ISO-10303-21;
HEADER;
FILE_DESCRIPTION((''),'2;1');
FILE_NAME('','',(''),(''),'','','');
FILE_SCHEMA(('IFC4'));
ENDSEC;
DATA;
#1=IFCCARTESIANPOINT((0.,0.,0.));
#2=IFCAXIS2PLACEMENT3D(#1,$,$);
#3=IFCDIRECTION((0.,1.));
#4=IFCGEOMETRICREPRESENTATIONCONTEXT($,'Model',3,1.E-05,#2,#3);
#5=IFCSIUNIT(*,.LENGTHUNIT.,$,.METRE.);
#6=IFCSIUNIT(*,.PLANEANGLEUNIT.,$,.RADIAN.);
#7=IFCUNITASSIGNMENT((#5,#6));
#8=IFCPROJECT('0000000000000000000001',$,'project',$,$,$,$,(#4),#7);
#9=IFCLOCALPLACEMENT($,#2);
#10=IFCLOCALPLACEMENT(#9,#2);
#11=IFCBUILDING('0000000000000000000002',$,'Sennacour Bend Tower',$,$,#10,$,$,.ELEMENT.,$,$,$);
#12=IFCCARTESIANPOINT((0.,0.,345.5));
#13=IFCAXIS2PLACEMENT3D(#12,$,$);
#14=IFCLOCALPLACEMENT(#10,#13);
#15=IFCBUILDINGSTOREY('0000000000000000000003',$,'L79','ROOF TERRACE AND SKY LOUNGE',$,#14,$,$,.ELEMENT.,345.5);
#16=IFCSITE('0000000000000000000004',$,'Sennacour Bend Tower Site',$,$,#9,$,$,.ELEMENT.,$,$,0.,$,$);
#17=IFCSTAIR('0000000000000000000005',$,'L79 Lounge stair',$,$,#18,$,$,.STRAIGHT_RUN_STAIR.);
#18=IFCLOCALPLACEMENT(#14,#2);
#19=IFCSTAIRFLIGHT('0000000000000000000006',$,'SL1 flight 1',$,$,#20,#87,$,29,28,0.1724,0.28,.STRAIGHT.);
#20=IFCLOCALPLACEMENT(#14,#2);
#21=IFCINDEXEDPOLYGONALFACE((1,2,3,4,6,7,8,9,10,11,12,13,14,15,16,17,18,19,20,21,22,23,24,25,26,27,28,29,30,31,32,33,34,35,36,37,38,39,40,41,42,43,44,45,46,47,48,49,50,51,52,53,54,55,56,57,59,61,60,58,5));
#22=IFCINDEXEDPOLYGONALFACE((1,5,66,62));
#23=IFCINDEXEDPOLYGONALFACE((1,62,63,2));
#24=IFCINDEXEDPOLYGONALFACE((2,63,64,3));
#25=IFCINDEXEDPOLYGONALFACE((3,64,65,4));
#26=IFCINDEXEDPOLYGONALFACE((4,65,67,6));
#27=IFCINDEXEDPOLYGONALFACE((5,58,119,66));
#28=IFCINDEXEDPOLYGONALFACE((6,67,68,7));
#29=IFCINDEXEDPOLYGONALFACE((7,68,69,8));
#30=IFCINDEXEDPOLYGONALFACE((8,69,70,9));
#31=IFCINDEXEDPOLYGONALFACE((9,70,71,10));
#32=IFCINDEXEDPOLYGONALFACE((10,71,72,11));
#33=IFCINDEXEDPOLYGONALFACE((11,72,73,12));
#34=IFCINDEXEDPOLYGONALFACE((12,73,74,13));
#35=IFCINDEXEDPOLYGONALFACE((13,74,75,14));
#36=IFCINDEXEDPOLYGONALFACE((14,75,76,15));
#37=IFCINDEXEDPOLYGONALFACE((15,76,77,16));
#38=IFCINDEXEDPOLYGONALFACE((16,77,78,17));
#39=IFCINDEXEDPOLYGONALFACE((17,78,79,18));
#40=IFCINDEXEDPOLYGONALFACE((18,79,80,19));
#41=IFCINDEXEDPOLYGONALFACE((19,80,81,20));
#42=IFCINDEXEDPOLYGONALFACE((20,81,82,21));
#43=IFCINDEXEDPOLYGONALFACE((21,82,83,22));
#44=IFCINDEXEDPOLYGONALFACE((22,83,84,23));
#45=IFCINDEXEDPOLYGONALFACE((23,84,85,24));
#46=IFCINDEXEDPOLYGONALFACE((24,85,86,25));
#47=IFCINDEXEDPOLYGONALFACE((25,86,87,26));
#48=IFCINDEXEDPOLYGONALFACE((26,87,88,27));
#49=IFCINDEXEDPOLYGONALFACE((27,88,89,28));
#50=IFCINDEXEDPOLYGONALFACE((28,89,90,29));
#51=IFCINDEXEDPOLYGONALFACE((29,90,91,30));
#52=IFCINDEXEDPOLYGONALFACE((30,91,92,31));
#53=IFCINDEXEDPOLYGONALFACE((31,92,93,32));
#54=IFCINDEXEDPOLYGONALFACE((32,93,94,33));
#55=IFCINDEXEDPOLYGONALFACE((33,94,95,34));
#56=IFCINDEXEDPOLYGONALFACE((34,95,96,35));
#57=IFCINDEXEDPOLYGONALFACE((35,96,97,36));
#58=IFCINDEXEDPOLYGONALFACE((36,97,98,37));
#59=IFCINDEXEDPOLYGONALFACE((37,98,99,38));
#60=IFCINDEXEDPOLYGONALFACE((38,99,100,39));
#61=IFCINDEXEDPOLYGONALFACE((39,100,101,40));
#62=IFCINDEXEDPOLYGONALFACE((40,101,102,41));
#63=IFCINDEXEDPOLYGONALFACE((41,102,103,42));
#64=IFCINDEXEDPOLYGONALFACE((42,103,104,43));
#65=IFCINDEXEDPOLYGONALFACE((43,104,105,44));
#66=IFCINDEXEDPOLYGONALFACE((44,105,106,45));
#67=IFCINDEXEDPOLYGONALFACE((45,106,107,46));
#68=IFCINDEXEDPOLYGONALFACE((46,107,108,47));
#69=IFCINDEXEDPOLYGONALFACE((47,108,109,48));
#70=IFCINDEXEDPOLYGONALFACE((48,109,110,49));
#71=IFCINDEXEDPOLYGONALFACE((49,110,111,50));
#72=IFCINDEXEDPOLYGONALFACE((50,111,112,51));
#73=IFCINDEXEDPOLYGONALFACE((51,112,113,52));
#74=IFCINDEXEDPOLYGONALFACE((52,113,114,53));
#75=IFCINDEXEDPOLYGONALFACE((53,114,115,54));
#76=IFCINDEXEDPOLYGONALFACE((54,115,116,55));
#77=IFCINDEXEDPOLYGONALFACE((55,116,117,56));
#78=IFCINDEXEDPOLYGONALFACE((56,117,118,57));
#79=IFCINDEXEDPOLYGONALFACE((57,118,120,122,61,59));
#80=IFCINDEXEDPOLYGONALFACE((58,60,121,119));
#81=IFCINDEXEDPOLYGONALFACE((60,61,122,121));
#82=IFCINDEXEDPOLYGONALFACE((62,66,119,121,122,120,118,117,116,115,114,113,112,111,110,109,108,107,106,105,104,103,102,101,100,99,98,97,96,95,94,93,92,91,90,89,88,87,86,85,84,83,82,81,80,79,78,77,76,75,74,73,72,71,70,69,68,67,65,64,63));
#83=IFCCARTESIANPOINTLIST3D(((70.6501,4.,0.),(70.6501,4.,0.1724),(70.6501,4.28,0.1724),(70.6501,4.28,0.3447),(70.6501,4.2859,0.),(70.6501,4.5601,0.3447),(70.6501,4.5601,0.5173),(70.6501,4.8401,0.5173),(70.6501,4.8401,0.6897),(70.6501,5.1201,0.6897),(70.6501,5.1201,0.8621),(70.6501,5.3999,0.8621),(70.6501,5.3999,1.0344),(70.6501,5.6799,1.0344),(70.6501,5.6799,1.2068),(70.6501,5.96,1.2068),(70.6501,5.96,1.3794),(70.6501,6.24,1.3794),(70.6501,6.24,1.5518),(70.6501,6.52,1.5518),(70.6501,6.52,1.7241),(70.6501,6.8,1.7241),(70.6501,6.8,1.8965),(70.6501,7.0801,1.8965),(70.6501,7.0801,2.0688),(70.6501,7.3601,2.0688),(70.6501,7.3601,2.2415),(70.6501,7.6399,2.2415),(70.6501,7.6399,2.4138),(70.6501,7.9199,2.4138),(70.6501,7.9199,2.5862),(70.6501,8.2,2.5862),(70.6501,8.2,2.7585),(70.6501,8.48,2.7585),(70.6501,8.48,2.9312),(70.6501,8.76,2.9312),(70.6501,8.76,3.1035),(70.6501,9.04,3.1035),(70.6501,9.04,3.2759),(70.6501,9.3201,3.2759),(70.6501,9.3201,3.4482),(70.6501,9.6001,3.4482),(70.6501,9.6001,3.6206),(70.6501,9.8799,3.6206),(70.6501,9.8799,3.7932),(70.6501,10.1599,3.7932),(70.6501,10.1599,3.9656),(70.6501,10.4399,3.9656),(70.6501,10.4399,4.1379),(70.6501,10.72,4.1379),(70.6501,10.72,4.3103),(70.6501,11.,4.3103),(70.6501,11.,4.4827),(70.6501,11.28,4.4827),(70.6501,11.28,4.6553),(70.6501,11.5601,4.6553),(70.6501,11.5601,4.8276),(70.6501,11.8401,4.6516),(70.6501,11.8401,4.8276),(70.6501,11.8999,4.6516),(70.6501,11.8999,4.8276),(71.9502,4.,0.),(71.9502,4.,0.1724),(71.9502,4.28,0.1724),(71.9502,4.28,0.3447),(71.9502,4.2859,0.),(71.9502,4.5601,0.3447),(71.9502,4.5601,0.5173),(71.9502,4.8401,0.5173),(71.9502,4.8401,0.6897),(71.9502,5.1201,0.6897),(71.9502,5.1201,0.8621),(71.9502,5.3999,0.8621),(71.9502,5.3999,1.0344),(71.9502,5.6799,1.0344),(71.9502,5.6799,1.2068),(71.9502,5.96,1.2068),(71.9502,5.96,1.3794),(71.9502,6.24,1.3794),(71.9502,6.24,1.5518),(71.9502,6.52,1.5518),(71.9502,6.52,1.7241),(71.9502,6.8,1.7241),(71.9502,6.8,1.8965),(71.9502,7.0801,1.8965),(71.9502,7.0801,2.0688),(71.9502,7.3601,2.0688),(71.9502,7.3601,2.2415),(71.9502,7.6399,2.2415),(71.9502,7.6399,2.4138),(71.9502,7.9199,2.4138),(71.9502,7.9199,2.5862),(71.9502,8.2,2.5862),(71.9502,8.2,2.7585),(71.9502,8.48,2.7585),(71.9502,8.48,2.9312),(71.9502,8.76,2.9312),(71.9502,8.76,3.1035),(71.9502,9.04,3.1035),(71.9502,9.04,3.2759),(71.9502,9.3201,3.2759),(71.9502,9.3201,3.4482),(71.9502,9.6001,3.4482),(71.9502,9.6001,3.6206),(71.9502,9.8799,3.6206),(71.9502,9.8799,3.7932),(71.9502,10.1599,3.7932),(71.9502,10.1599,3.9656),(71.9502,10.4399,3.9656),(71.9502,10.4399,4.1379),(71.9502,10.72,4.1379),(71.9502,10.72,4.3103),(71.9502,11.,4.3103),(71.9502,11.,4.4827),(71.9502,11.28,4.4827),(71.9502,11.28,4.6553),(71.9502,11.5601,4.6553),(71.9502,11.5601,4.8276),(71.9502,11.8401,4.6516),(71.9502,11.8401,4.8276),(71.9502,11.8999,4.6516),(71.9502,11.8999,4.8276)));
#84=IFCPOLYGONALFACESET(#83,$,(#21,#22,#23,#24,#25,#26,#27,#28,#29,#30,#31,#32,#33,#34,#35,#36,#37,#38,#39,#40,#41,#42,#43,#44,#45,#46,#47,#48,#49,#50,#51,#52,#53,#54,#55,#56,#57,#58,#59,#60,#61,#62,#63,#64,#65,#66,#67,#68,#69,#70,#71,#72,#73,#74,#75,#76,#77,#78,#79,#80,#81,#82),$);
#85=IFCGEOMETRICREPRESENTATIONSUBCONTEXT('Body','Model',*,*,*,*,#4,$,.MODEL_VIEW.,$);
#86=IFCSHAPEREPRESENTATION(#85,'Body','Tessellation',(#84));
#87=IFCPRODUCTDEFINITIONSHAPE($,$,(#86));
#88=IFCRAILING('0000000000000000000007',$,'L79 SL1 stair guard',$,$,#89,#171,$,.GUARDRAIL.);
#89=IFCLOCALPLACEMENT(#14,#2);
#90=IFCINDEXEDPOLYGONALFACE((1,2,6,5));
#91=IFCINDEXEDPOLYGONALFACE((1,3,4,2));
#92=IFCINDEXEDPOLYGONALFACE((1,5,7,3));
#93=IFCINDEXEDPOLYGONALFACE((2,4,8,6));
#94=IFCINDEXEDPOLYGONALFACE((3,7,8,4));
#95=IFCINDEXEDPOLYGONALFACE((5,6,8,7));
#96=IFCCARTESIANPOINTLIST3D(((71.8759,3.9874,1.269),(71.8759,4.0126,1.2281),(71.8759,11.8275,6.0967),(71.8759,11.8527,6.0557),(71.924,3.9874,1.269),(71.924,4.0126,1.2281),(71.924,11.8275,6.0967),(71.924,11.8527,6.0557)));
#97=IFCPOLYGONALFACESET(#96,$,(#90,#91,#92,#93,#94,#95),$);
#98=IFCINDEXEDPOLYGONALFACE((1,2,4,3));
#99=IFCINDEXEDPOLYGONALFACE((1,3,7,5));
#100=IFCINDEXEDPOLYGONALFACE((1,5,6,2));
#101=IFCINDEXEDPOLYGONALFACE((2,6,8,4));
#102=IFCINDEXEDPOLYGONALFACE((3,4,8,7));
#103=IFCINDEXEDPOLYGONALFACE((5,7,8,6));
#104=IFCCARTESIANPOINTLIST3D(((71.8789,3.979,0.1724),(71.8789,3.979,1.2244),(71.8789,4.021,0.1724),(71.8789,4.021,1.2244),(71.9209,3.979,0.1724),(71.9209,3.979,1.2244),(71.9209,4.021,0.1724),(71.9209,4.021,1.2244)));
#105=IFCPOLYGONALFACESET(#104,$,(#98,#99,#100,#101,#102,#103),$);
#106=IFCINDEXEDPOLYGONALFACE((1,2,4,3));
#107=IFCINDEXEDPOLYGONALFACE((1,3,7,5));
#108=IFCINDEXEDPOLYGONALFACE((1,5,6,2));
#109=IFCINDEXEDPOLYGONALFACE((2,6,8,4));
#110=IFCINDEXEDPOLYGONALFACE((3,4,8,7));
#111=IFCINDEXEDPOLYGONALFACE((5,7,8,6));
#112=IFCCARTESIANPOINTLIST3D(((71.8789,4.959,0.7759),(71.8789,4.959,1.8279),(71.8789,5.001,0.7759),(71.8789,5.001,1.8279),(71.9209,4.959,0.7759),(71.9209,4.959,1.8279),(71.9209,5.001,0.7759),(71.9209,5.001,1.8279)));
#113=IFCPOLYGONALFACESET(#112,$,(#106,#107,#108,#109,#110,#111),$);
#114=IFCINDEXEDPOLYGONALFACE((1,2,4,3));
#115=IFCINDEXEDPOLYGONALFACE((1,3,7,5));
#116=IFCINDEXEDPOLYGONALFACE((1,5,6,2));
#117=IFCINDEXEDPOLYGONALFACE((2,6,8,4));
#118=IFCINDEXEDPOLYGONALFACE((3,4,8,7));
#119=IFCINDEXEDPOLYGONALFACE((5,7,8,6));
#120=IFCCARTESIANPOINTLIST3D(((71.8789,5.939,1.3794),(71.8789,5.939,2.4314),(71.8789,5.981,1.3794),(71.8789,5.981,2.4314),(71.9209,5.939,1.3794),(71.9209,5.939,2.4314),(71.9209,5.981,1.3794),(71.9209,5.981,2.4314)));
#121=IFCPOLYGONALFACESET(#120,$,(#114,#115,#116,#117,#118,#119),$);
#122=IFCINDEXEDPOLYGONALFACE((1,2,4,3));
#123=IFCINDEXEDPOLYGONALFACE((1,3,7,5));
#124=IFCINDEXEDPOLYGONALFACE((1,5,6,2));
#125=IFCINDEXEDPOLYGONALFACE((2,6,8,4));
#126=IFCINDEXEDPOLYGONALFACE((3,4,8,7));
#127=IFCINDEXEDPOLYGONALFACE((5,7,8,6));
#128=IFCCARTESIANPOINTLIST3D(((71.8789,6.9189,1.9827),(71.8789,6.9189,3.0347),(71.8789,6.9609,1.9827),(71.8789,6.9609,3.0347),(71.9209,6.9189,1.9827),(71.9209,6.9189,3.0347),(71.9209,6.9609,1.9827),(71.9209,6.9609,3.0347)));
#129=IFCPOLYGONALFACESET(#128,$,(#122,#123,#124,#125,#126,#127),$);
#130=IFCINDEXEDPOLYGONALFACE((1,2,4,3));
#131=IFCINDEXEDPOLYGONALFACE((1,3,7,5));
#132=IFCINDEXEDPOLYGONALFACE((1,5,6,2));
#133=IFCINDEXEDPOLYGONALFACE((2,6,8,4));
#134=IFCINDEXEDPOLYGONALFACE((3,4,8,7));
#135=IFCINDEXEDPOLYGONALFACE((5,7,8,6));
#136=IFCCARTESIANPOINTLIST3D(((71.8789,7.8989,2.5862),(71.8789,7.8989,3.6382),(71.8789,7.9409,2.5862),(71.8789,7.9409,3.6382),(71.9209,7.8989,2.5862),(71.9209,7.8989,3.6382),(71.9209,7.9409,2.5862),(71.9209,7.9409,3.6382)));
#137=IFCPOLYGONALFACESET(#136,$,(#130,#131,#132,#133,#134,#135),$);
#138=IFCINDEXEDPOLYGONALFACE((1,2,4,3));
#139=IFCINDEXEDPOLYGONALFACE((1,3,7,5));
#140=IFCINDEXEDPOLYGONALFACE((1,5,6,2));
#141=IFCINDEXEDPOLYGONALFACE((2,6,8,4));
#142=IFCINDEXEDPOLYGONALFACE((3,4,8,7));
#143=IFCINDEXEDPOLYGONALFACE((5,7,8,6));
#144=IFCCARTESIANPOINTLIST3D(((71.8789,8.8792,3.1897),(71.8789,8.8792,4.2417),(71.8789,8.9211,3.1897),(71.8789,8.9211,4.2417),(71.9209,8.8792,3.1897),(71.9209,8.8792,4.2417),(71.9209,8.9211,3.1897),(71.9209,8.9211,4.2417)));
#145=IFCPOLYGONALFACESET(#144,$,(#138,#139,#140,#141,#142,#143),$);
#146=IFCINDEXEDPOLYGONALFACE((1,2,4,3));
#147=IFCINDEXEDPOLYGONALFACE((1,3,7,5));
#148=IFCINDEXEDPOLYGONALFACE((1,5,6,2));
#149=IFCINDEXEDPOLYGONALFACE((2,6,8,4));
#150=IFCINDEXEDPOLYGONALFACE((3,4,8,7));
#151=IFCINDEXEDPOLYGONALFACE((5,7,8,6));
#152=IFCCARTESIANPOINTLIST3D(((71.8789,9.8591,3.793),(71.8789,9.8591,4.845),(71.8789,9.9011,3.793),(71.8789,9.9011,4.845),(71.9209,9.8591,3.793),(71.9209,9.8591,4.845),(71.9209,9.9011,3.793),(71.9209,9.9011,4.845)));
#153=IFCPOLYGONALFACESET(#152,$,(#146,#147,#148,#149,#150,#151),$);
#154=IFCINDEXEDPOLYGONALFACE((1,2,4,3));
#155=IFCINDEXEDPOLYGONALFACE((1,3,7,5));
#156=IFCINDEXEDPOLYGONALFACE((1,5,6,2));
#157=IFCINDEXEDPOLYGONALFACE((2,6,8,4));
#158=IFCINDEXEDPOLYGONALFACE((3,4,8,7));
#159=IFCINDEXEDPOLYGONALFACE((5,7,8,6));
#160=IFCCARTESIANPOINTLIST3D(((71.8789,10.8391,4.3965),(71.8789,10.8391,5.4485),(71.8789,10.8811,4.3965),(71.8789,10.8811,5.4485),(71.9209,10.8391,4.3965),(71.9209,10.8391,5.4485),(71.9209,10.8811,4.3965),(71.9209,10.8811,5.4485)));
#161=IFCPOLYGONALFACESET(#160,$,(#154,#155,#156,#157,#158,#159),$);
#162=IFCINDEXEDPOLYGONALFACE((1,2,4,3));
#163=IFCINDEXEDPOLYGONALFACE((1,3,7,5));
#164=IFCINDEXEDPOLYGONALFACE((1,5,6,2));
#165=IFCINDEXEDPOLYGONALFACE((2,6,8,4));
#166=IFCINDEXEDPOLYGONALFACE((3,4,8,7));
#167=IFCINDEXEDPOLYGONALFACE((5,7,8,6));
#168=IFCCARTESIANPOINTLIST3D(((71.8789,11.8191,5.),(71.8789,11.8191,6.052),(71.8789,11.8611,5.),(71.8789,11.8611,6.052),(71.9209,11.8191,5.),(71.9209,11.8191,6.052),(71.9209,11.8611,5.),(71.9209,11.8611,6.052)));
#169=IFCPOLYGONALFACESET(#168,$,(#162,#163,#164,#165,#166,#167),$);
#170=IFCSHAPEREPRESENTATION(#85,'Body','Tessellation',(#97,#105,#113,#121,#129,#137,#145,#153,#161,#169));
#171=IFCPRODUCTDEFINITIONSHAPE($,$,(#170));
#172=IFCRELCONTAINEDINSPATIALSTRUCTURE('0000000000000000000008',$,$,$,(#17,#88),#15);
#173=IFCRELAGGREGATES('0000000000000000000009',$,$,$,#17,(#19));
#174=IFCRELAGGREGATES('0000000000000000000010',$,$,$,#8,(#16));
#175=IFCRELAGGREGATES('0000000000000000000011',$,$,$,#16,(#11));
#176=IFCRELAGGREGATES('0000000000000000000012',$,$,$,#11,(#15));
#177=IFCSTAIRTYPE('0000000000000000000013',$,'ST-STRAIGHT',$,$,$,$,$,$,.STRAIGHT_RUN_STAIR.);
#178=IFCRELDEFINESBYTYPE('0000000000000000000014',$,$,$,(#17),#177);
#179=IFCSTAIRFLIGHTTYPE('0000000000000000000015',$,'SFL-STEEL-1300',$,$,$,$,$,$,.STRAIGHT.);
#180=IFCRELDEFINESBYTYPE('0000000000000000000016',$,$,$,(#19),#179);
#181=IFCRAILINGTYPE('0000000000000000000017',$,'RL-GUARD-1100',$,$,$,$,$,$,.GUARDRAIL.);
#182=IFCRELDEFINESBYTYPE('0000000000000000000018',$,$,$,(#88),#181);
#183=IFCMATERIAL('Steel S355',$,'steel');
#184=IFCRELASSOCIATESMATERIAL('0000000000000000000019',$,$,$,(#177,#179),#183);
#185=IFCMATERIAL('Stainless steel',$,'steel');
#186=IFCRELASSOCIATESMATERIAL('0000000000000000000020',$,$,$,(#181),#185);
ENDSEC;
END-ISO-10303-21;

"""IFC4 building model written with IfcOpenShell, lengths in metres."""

from ifc_helpers import new_model, si_unit, direction, frame, origin, origin_2d, place, context, subcontext, project, spatial, polyline, rectangle, outline, extrude, material, type_object, element, aggregate, save


model = new_model("IFC4")

# Units and contexts
model_context = context("Model", 3, precision=1e-05, world=origin(), true_north=direction((0.0, 1.0)))
body_context = subcontext(model_context, "Body", "Model", "MODEL_VIEW")
ifc_project = project(units=[si_unit("LENGTHUNIT", "METRE"), si_unit("PLANEANGLEUNIT", "RADIAN")], contexts=[model_context])

# Site, building, storey
site_placement = place(None, origin())
site = spatial("IfcSite", under=ifc_project, at=site_placement, Name="Sennacour Bend Tower Site", CompositionType="ELEMENT", RefElevation=0.0)
building_placement = place(site_placement, origin())
building = spatial("IfcBuilding", under=site, at=building_placement, Name="Sennacour Bend Tower", CompositionType="ELEMENT")
storey_placement = place(building_placement, frame((0.0, 0.0, 345.5)))
storey = spatial("IfcBuildingStorey", under=building, at=storey_placement, Name="L79", Description="ROOF TERRACE AND SKY LOUNGE", CompositionType="ELEMENT", Elevation=345.5)

# Stair, stair flight
ifc_material_1 = material(Name="Steel S355", Category="steel")
stair_type = type_object("IfcStairType", Name="ST-STRAIGHT", PredefinedType="STRAIGHT_RUN_STAIR", material=ifc_material_1)
stair_placement = place(storey_placement, origin())
stair = element("IfcStair", 1, at=stair_placement, inside=storey, type_object=stair_type, Name="L79 Lounge stair", PredefinedType="STRAIGHT_RUN_STAIR")
stair_flight_type = type_object("IfcStairFlightType", Name="SFL-STEEL-1300", PredefinedType="STRAIGHT", material=ifc_material_1)
stair_flight_placement = place(storey_placement, frame((71.3, 4.0, 0.0), z_axis=(0.0, 0.0, 1.0), x_axis=(0.0, 1.0, 0.0)))
stair_flight = element("IfcStairFlight", 2, at=stair_flight_placement, type_object=stair_flight_type, Name="SL1 flight 1", NumberOfRisers=29, NumberOfTreads=28, PredefinedType="STRAIGHT", RiserHeight=0.1724, TreadLength=0.28, context=body_context, shape_type="SweptSolid", body=[
    extrude(outline(polyline([(0.0, 0.0), (0.0, 0.1724), (0.28, 0.1724), (0.28, 0.3447), (0.5601, 0.3447), (0.5601, 0.5173), (0.8401, 0.5173), (0.8401, 0.6897), (1.1201, 0.6897), (1.1201, 0.8621), (1.3999, 0.8621), (1.3999, 1.0344), (1.6799, 1.0344), (1.6799, 1.2068), (1.96, 1.2068), (1.96, 1.3794), (2.24, 1.3794), (2.24, 1.5518), (2.52, 1.5518), (2.52, 1.7241), (2.8, 1.7241), (2.8, 1.8965), (3.0801, 1.8965), (3.0801, 2.0688), (3.3601, 2.0688), (3.3601, 2.2415), (3.6399, 2.2415), (3.6399, 2.4138), (3.9199, 2.4138), (3.9199, 2.5862), (4.2, 2.5862), (4.2, 2.7585), (4.48, 2.7585), (4.48, 2.9312), (4.76, 2.9312), (4.76, 3.1035), (5.04, 3.1035), (5.04, 3.2759), (5.3201, 3.2759), (5.3201, 3.4482), (5.6001, 3.4482), (5.6001, 3.6206), (5.8799, 3.6206), (5.8799, 3.7932), (6.1599, 3.7932), (6.1599, 3.9656), (6.4399, 3.9656), (6.4399, 4.1379), (6.72, 4.1379), (6.72, 4.3103), (7.0, 4.3103), (7.0, 4.4827), (7.28, 4.4827), (7.28, 4.6553), (7.5601, 4.6553), (7.5601, 4.8276), (7.8401, 4.8276), (7.8999, 4.8276), (7.8999, 4.6516), (7.8401, 4.6516), (0.2859, 0.0), (0.0, 0.0)])), frame((0.0, 0.6499, 0.0), z_axis=(0.0, -1.0, 0.0), x_axis=(1.0, 0.0, 0.0)), (0.0, 0.0, 1.0), 1.3),
])
aggregate(stair, [stair_flight])

# Railing
ifc_material_2 = material(Name="Stainless steel", Category="steel")
railing_type_1 = type_object("IfcRailingType", Name="RL-GUARD-1100", PredefinedType="GUARDRAIL", material=ifc_material_2)
railing_1_placement = place(storey_placement, frame((71.8999, 4.0, 0.1724)))
element("IfcRailing", 3, at=railing_1_placement, inside=storey, type_object=railing_type_1, Name="L79 SL1 stair guard", PredefinedType="GUARDRAIL", context=body_context, shape_type="SweptSolid", body=[
    extrude(rectangle(XDim=0.0481, YDim=0.0481, at=origin_2d()), frame((0.0, 0.0, 1.0762), z_axis=(0.0, 0.851514, 0.524331), x_axis=(-1.0, 0.0, 0.0)), (0.0, 0.0, 1.0), 9.2073),
    extrude(rectangle(XDim=0.042, YDim=0.042, at=origin_2d()), origin(), (0.0, 0.0, 1.0), 1.052),
    extrude(rectangle(XDim=0.042, YDim=0.042, at=origin_2d()), frame((0.0, 0.98, 0.6035)), (0.0, 0.0, 1.0), 1.052),
    extrude(rectangle(XDim=0.042, YDim=0.042, at=origin_2d()), frame((0.0, 1.96, 1.207)), (0.0, 0.0, 1.0), 1.052),
    extrude(rectangle(XDim=0.042, YDim=0.042, at=origin_2d()), frame((0.0, 2.9399, 1.8103)), (0.0, 0.0, 1.0), 1.052),
    extrude(rectangle(XDim=0.042, YDim=0.042, at=origin_2d()), frame((0.0, 3.9199, 2.4138)), (0.0, 0.0, 1.0), 1.052),
    extrude(rectangle(XDim=0.042, YDim=0.042, at=origin_2d()), frame((0.0, 4.9001, 3.0173)), (0.0, 0.0, 1.0), 1.052),
    extrude(rectangle(XDim=0.042, YDim=0.042, at=origin_2d()), frame((0.0, 5.8801, 3.6206)), (0.0, 0.0, 1.0), 1.052),
    extrude(rectangle(XDim=0.042, YDim=0.042, at=origin_2d()), frame((0.0, 6.8601, 4.2241)), (0.0, 0.0, 1.0), 1.052),
    extrude(rectangle(XDim=0.042, YDim=0.042, at=origin_2d()), frame((0.0, 7.8401, 4.8276)), (0.0, 0.0, 1.0), 1.052),
])

save(model, "model.ifc")
